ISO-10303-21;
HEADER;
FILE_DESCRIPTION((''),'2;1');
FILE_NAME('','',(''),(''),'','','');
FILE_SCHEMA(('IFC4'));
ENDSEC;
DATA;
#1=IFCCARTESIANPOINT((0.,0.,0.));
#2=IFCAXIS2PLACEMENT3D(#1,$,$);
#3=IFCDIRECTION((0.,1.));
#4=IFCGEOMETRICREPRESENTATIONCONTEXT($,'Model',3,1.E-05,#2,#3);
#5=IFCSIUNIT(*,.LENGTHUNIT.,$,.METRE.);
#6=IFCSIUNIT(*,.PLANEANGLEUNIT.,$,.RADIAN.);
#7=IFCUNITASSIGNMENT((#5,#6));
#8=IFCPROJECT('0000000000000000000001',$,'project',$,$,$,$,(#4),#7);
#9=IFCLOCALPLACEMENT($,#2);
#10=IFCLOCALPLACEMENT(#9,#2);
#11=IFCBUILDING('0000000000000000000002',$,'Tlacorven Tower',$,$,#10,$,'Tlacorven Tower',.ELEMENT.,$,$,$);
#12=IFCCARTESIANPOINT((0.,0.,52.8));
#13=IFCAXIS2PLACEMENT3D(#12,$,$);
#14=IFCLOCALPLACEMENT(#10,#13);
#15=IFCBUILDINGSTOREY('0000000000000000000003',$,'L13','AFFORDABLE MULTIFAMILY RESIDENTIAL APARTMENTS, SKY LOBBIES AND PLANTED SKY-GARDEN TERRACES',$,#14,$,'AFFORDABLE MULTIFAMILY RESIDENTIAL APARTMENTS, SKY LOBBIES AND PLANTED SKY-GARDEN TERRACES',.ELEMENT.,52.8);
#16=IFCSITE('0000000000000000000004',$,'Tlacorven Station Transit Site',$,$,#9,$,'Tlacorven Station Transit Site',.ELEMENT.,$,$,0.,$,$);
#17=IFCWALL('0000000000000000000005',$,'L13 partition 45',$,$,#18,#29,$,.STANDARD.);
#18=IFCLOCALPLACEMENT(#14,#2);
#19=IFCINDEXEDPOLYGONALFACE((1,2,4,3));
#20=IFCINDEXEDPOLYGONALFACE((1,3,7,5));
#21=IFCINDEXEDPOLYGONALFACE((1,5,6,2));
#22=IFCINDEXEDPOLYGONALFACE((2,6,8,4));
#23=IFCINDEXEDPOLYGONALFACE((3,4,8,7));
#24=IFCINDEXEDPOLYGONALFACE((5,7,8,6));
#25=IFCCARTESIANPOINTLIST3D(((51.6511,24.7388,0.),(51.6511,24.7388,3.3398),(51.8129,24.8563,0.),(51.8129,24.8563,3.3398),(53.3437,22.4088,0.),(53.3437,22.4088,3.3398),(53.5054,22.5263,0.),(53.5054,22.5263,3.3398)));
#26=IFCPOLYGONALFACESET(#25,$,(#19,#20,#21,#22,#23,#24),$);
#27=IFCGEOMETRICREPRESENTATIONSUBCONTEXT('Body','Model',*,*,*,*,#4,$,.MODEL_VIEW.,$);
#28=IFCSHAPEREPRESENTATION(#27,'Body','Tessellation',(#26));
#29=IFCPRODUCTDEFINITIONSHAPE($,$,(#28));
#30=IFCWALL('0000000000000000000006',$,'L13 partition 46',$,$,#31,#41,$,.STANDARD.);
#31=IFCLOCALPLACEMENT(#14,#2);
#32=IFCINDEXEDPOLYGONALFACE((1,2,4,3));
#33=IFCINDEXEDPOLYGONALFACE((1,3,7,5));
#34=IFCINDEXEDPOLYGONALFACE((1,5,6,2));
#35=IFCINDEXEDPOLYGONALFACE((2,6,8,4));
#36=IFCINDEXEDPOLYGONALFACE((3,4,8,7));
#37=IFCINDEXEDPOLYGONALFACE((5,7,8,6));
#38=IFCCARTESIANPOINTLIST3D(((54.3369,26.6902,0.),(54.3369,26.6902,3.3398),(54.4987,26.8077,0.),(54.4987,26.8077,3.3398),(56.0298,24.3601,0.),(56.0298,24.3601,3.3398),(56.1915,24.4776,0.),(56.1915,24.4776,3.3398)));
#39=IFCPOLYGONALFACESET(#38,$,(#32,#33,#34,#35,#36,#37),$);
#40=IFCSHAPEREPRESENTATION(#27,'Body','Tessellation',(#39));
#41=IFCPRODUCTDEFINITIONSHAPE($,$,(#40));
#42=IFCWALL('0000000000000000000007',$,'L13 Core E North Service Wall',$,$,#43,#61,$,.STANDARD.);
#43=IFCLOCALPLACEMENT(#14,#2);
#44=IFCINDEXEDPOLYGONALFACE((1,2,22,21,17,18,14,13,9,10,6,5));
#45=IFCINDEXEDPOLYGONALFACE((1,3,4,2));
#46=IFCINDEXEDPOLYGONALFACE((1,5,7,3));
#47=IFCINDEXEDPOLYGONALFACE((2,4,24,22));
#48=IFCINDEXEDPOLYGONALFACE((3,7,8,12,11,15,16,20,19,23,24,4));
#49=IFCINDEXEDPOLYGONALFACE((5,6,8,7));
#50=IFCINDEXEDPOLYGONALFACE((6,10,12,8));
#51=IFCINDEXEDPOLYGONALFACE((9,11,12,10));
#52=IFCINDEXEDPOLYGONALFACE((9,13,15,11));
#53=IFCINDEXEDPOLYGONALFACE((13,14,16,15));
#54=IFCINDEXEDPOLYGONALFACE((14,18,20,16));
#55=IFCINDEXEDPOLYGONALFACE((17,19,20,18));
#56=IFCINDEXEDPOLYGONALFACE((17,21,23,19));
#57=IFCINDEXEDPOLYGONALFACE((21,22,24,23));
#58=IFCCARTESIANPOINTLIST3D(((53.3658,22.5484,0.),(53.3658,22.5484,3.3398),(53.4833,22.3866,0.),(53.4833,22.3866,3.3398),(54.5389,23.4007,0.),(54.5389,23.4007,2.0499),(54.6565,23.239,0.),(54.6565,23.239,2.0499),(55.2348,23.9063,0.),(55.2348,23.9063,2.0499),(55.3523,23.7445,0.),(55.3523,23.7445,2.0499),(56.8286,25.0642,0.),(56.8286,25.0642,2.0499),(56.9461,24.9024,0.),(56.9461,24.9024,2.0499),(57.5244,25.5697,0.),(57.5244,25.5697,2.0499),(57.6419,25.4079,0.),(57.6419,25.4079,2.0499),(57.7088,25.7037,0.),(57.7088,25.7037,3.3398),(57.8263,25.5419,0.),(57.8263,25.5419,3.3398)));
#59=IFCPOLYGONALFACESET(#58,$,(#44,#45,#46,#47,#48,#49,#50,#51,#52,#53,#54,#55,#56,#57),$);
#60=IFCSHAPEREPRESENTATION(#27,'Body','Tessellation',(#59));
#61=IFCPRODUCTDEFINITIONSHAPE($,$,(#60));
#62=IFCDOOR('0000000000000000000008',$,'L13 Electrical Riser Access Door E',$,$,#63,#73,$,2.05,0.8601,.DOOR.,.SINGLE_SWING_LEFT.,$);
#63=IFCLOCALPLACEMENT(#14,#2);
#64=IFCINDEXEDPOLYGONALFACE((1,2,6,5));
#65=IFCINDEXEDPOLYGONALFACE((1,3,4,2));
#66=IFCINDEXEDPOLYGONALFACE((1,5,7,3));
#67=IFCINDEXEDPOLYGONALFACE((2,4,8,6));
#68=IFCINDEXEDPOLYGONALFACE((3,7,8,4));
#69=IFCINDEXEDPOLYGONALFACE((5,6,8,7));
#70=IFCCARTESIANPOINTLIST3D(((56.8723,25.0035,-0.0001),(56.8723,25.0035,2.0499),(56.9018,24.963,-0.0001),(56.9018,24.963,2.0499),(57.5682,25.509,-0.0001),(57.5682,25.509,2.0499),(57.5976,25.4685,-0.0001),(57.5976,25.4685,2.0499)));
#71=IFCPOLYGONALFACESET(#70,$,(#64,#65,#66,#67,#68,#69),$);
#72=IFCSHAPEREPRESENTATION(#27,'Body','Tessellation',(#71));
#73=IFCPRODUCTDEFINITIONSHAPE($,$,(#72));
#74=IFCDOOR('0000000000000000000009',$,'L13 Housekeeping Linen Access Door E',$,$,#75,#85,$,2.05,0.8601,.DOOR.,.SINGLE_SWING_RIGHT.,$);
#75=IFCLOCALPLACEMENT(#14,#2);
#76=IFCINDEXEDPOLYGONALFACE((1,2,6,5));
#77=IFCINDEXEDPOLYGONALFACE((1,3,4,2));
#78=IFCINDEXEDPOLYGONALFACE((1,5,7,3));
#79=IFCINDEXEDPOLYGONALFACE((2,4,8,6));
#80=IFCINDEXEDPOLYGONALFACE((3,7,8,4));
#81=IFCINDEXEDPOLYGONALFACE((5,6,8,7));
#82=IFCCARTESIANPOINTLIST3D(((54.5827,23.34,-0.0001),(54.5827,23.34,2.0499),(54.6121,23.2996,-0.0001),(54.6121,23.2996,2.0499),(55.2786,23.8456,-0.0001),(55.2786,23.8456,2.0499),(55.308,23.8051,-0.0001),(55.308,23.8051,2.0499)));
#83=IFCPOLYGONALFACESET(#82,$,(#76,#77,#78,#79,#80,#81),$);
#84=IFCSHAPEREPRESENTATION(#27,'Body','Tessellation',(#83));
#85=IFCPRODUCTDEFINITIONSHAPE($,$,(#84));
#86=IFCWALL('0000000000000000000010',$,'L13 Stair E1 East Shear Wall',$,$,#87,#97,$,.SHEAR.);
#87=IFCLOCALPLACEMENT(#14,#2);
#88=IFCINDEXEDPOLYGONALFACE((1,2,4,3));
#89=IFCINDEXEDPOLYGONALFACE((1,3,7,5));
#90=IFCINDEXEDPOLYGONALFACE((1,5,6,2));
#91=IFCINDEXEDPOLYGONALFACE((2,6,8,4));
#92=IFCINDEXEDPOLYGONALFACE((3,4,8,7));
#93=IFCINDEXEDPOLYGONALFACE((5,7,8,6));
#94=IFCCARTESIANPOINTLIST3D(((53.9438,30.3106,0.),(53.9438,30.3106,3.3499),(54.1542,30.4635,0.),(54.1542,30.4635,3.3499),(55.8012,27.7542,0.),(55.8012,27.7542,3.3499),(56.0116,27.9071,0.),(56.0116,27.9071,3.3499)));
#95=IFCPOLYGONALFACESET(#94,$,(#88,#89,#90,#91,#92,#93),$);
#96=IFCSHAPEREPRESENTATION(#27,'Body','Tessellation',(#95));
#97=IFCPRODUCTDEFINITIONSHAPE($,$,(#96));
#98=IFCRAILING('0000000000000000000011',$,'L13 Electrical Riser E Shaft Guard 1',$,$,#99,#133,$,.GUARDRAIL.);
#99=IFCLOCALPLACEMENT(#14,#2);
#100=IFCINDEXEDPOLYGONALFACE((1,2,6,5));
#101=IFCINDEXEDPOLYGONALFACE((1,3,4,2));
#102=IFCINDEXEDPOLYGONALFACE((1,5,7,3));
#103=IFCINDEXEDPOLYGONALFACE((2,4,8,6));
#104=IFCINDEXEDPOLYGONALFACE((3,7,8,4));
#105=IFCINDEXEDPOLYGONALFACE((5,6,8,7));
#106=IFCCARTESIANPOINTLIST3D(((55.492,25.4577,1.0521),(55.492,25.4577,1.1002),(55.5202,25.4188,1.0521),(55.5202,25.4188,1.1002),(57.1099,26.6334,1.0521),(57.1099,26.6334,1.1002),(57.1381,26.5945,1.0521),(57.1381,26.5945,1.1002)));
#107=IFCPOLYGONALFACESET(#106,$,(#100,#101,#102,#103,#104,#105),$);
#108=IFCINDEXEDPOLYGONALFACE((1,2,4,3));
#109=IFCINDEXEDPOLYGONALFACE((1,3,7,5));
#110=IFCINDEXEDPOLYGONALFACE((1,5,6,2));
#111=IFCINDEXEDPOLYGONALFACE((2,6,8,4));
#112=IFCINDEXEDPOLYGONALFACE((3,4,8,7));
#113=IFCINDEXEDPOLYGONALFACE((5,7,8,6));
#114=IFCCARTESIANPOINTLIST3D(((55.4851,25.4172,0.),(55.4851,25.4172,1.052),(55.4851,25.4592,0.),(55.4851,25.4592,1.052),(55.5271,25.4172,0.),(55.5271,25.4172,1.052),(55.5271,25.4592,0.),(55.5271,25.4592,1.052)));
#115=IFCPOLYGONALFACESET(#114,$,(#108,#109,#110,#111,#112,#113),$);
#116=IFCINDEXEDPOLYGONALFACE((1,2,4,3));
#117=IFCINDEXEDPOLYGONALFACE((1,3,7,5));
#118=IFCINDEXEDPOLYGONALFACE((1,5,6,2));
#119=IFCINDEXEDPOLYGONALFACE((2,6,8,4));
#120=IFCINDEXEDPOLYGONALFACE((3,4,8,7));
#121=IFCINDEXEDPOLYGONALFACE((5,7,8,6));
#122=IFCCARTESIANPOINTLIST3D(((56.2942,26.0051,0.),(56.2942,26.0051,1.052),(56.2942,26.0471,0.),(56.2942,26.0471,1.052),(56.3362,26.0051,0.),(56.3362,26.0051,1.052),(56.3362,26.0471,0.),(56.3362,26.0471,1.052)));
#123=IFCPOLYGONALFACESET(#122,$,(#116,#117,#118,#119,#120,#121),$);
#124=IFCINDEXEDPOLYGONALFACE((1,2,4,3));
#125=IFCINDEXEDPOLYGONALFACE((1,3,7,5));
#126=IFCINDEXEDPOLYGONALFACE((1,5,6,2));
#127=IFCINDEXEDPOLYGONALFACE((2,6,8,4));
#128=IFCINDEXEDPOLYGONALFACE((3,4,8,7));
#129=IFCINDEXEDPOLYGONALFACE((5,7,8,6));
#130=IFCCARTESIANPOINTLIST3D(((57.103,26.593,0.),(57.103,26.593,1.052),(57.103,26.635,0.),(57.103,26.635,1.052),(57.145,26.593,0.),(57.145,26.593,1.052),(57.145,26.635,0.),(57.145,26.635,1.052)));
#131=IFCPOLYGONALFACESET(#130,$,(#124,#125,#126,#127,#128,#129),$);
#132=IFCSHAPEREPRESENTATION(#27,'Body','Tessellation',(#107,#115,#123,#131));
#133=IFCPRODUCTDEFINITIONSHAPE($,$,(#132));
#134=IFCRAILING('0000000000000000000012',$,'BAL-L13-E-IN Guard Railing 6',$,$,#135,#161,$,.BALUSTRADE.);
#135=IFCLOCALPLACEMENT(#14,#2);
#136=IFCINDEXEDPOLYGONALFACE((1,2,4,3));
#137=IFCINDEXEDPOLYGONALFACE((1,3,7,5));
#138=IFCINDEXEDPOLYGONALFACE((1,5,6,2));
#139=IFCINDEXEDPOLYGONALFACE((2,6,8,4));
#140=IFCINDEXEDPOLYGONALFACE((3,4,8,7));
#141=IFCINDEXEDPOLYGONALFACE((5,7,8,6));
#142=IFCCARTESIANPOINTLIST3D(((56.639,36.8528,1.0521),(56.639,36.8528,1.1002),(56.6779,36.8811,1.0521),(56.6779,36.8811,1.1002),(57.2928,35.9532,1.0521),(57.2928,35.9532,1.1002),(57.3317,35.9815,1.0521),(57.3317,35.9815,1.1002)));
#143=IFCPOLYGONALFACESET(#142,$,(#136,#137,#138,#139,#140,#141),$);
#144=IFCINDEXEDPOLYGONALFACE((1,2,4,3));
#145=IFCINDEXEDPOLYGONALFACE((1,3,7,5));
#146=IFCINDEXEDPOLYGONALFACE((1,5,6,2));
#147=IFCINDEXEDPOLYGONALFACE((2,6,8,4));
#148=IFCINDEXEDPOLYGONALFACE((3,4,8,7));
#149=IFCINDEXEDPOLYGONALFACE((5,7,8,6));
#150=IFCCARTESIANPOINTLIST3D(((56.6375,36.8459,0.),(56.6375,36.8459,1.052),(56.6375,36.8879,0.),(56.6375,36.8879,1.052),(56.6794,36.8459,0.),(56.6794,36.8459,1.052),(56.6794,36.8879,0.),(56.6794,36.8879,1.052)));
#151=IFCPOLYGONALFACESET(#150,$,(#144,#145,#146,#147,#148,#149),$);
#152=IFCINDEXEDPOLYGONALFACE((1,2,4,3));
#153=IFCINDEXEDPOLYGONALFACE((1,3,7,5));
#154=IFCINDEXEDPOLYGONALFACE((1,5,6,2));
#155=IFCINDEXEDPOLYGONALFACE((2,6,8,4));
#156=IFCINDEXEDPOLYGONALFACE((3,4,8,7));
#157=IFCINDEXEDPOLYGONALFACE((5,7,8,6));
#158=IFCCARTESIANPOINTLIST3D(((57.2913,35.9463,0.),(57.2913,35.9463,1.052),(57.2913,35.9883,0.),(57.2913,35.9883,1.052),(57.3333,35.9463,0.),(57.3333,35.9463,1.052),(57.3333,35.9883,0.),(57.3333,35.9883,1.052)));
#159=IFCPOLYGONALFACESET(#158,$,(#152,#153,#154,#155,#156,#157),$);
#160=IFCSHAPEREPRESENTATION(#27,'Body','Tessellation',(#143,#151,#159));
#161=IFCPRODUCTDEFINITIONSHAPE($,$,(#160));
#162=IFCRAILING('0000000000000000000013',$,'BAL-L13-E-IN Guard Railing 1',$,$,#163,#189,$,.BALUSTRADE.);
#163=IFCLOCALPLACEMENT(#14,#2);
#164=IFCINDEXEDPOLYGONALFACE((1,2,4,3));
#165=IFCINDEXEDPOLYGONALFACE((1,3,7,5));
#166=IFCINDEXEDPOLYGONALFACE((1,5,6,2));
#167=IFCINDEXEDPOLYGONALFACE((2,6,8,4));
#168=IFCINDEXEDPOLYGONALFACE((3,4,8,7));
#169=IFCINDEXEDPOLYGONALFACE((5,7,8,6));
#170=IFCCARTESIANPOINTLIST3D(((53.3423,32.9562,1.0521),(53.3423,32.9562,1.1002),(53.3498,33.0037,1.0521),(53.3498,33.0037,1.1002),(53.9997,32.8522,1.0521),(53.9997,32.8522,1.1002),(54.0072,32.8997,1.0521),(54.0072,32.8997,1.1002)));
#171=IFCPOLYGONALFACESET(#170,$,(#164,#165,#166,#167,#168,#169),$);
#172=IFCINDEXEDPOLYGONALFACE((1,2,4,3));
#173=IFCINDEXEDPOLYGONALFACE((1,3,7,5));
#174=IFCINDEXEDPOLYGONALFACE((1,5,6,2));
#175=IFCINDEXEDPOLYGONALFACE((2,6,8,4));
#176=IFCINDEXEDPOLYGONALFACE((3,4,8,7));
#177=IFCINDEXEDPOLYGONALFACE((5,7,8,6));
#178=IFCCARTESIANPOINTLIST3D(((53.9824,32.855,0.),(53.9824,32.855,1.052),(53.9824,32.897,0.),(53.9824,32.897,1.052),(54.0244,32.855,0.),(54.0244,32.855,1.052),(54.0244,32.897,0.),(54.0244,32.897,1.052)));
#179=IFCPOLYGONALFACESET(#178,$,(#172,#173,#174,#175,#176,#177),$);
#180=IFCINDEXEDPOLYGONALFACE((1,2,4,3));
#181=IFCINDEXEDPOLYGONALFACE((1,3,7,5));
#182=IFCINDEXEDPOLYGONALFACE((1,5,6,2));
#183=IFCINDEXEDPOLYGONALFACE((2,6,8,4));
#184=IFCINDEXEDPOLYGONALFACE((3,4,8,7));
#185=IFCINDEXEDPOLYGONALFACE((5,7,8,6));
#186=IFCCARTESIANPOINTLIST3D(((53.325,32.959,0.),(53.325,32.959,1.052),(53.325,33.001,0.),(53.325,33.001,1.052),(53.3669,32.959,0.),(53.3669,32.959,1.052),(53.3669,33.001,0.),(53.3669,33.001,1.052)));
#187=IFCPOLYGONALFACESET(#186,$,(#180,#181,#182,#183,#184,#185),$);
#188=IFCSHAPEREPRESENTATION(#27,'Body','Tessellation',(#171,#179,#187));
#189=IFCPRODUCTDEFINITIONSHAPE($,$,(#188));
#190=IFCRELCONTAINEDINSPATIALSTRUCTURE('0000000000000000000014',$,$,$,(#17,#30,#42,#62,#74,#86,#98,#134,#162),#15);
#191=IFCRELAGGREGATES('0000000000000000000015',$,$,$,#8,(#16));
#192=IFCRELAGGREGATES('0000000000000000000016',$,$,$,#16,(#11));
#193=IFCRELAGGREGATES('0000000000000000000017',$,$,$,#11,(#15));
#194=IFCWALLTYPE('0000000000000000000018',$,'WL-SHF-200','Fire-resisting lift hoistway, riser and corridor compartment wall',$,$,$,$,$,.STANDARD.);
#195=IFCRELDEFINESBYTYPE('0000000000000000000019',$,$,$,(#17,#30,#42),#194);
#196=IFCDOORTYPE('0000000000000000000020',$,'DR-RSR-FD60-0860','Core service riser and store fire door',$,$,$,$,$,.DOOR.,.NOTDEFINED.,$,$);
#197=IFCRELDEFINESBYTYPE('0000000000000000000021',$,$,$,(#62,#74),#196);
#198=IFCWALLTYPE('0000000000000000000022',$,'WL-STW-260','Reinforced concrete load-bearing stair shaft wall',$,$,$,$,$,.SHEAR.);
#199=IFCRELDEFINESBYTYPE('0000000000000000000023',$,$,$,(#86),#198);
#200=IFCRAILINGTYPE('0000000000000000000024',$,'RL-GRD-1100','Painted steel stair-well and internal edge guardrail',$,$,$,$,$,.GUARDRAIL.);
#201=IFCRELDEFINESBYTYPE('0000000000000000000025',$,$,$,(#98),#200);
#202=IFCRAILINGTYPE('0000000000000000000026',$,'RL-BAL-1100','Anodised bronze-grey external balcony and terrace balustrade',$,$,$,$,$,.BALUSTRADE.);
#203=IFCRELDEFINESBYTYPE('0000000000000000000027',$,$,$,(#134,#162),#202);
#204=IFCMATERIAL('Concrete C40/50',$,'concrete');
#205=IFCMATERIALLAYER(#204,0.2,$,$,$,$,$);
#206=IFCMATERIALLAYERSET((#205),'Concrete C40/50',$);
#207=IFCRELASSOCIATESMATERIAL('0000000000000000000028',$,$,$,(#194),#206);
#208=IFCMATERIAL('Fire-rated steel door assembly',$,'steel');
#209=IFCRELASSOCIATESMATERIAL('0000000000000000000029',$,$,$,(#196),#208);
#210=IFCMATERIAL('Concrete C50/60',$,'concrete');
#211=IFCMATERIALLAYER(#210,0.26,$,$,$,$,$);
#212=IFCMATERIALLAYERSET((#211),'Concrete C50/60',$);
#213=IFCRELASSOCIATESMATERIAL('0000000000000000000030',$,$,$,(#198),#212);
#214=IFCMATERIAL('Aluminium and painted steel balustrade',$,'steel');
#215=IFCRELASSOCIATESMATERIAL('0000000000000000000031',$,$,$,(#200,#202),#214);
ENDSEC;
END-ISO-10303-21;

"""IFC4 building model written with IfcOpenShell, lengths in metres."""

from ifc_helpers import new_model, si_unit, direction, frame, frame_2d, origin, origin_2d, place, context, subcontext, project, spatial, rectangle, extrude, source, transform, mapped, material, layer, layer_set, type_object, element, fill, save


model = new_model("IFC4")

# Units and contexts
model_context = context("Model", 3, precision=1e-05, world=origin(), true_north=direction((0.0, 1.0)))
body_context = subcontext(model_context, "Body", "Model", "MODEL_VIEW")
ifc_project = project(units=[si_unit("LENGTHUNIT", "METRE"), si_unit("PLANEANGLEUNIT", "RADIAN")], contexts=[model_context])

# Site, building, storey
site_placement = place(None, origin())
site = spatial("IfcSite", under=ifc_project, at=site_placement, Name="Tlacorven Station Transit Site", LongName="Tlacorven Station Transit Site", CompositionType="ELEMENT", RefElevation=0.0)
building_placement = place(site_placement, origin())
building = spatial("IfcBuilding", under=site, at=building_placement, Name="Tlacorven Tower", LongName="Tlacorven Tower", CompositionType="ELEMENT")
storey_placement = place(building_placement, frame((0.0, 0.0, 52.8)))
storey = spatial("IfcBuildingStorey", under=building, at=storey_placement, Name="L13", Description="AFFORDABLE MULTIFAMILY RESIDENTIAL APARTMENTS, SKY LOBBIES AND PLANTED SKY-GARDEN TERRACES", LongName="AFFORDABLE MULTIFAMILY RESIDENTIAL APARTMENTS, SKY LOBBIES AND PLANTED SKY-GARDEN TERRACES", CompositionType="ELEMENT", Elevation=52.8)

# Shared definitions
ifc_material_1 = material(Name="Fire-rated steel door assembly", Category="steel")
ifc_material_2 = material(Name="Concrete C40/50", Category="concrete")
ifc_layer_1 = layer(ifc_material_2, 0.2)
ifc_layer_set_1 = layer_set([ifc_layer_1], Name="Concrete C40/50")
wall_type_1 = type_object("IfcWallType", Name="WL-SHF-200", Description="Fire-resisting lift hoistway, riser and corridor compartment wall", PredefinedType="STANDARD", material=ifc_layer_set_1)
door_type_1 = type_object("IfcDoorType", Name="DR-RSR-FD60-0860", Description="Core service riser and store fire door", OperationType="NOTDEFINED", PredefinedType="DOOR", material=ifc_material_1)
shared_shape_1 = source(origin(), body_context, "Body", "SweptSolid", [
    extrude(rectangle(XDim=0.8601, YDim=2.05, at=frame_2d((0.4302, 1.0249))), frame((0.0, 0.0249, 0.0), z_axis=(0.0, -1.0, 0.0), x_axis=(1.0, 0.0, 0.0)), (0.0, 0.0, 1.0), 0.05),
])

# Walls
wall_1_placement = place(storey_placement, frame((53.4246, 22.4675, 0.0), z_axis=(0.0, 0.0, 1.0), x_axis=(-0.587723, 0.809062, 0.0)))
element("IfcWall", 1, at=wall_1_placement, inside=storey, type_object=wall_type_1, Name="L13 partition 45", PredefinedType="STANDARD", context=body_context, shape_type="SweptSolid", body=[
    extrude(rectangle(XDim=2.8799, YDim=0.2, at=frame_2d((1.4399, 0.0))), origin(), (0.0, 0.0, 1.0), 3.3398),
])
wall_2_placement = place(storey_placement, frame((56.1106, 24.4189, 0.0), z_axis=(0.0, 0.0, 1.0), x_axis=(-0.587778, 0.809022, 0.0)))
element("IfcWall", 2, at=wall_2_placement, inside=storey, type_object=wall_type_1, Name="L13 partition 46", PredefinedType="STANDARD", context=body_context, shape_type="SweptSolid", body=[
    extrude(rectangle(XDim=2.8801, YDim=0.2, at=frame_2d((1.4399, 0.0))), origin(), (0.0, 0.0, 1.0), 3.3398),
])

# Wall, openings, doors
wall_3_placement = place(storey_placement, frame((53.4246, 22.4675, 0.0), z_axis=(0.0, 0.0, 1.0), x_axis=(0.809027, 0.587771, 0.0)))
wall_3 = element("IfcWall", 3, at=wall_3_placement, inside=storey, type_object=wall_type_1, Name="L13 Core E North Service Wall", PredefinedType="STANDARD", context=body_context, shape_type="SweptSolid", body=[
    extrude(rectangle(XDim=5.3682, YDim=0.2, at=frame_2d((2.6841, 0.0))), origin(), (0.0, 0.0, 1.0), 3.3398),
])
opening_1_placement = place(wall_3_placement, frame((4.28, 0.0, 0.0)))
opening_1 = element("IfcOpeningElement", 4, at=opening_1_placement, cuts=wall_3, PredefinedType="OPENING", context=body_context, shape_type="SweptSolid", body=[
    extrude(rectangle(XDim=0.8601, YDim=2.05, at=frame_2d((0.4302, 1.0249))), frame((0.0, 0.1099, 0.0), z_axis=(0.0, -1.0, 0.0), x_axis=(1.0, 0.0, 0.0)), (0.0, 0.0, 1.0), 0.22),
])
opening_2_placement = place(wall_3_placement, frame((1.45, 0.0, 0.0)))
opening_2 = element("IfcOpeningElement", 5, at=opening_2_placement, cuts=wall_3, PredefinedType="OPENING", context=body_context, shape_type="SweptSolid", body=[
    extrude(rectangle(XDim=0.8601, YDim=2.05, at=frame_2d((0.4302, 1.0249))), frame((0.0, 0.1099, 0.0), z_axis=(0.0, -1.0, 0.0), x_axis=(1.0, 0.0, 0.0)), (0.0, 0.0, 1.0), 0.22),
])
door_1_placement = place(opening_1_placement, frame((0.8601, 0.0, 0.0), z_axis=(0.0, 0.0, 1.0), x_axis=(-1.0, 0.0, 0.0)))
door_1 = element("IfcDoor", 6, at=door_1_placement, inside=storey, type_object=door_type_1, Name="L13 Electrical Riser Access Door E", OperationType="SINGLE_SWING_LEFT", OverallHeight=2.05, OverallWidth=0.8601, PredefinedType="DOOR", context=body_context, shape_type="MappedRepresentation", body=[
    mapped(shared_shape_1, transform((0.0, 0.0, 0.0), scale=1.0)),
])
fill(opening_1, door_1)
door_2_placement = place(opening_2_placement, frame((0.8601, 0.0, 0.0), z_axis=(0.0, 0.0, 1.0), x_axis=(-1.0, 0.0, 0.0)))
door_2 = element("IfcDoor", 7, at=door_2_placement, inside=storey, type_object=door_type_1, Name="L13 Housekeeping Linen Access Door E", OperationType="SINGLE_SWING_RIGHT", OverallHeight=2.05, OverallWidth=0.8601, PredefinedType="DOOR", context=body_context, shape_type="MappedRepresentation", body=[
    mapped(shared_shape_1, transform((0.0, 0.0, 0.0), scale=1.0)),
])
fill(opening_2, door_2)

# Wall
ifc_material_3 = material(Name="Concrete C50/60", Category="concrete")
ifc_layer_2 = layer(ifc_material_3, 0.26)
ifc_layer_set_2 = layer_set([ifc_layer_2], Name="Concrete C50/60")
wall_type_2 = type_object("IfcWallType", Name="WL-STW-260", Description="Reinforced concrete load-bearing stair shaft wall", PredefinedType="SHEAR", material=ifc_layer_set_2)
wall_4_placement = place(storey_placement, frame((55.9065, 27.8306, 0.0), z_axis=(0.0, 0.0, 1.0), x_axis=(-0.587804, 0.809003, 0.0)))
element("IfcWall", 8, at=wall_4_placement, inside=storey, type_object=wall_type_2, Name="L13 Stair E1 East Shear Wall", PredefinedType="SHEAR", context=body_context, shape_type="SweptSolid", body=[
    extrude(rectangle(XDim=3.1599, YDim=0.26, at=frame_2d((1.5801, 0.0))), origin(), (0.0, 0.0, 1.0), 3.3499),
])

# Railings
ifc_material_4 = material(Name="Aluminium and painted steel balustrade", Category="steel")
railing_type_1 = type_object("IfcRailingType", Name="RL-GRD-1100", Description="Painted steel stair-well and internal edge guardrail", PredefinedType="GUARDRAIL", material=ifc_material_4)
shared_shape_2 = source(origin(), body_context, "Body", "SweptSolid", [
    extrude(rectangle(XDim=0.0481, YDim=0.0481, at=origin_2d()), frame((0.0, 0.0, 1.0762), z_axis=(0.808947, 0.587881, 0.0), x_axis=(-0.587881, 0.808947, 0.0)), (0.0, 0.0, 1.0), 2.0),
    extrude(rectangle(XDim=0.042, YDim=0.042, at=origin_2d()), origin(), (0.0, 0.0, 1.0), 1.052),
    extrude(rectangle(XDim=0.042, YDim=0.042, at=origin_2d()), frame((0.8091, 0.5879, 0.0)), (0.0, 0.0, 1.0), 1.052),
    extrude(rectangle(XDim=0.042, YDim=0.042, at=origin_2d()), frame((1.6179, 1.1758, 0.0)), (0.0, 0.0, 1.0), 1.052),
])
railing_1_placement = place(storey_placement, frame((55.5061, 25.4382, 0.0)))
element("IfcRailing", 9, at=railing_1_placement, inside=storey, type_object=railing_type_1, Name="L13 Electrical Riser E Shaft Guard 1", PredefinedType="GUARDRAIL", context=body_context, shape_type="MappedRepresentation", body=[
    mapped(shared_shape_2, transform((0.0, 0.0, 0.0), scale=1.0)),
])
railing_type_2 = type_object("IfcRailingType", Name="RL-BAL-1100", Description="Anodised bronze-grey external balcony and terrace balustrade", PredefinedType="BALUSTRADE", material=ifc_material_4)
shared_shape_3 = source(origin(), body_context, "Body", "SweptSolid", [
    extrude(rectangle(XDim=0.0481, YDim=0.0481, at=origin_2d()), frame((0.0, 0.0, 1.0762), z_axis=(0.587884, -0.808945, 0.0), x_axis=(0.808945, 0.587884, 0.0)), (0.0, 0.0, 1.0), 1.1121),
    extrude(rectangle(XDim=0.042, YDim=0.042, at=origin_2d()), origin(), (0.0, 0.0, 1.0), 1.052),
    extrude(rectangle(XDim=0.042, YDim=0.042, at=origin_2d()), frame((0.6538, -0.8997, 0.0)), (0.0, 0.0, 1.0), 1.052),
])
railing_2_placement = place(storey_placement, frame((56.6584, 36.8669, 0.0)))
element("IfcRailing", 10, at=railing_2_placement, inside=storey, type_object=railing_type_2, Name="BAL-L13-E-IN Guard Railing 6", PredefinedType="BALUSTRADE", context=body_context, shape_type="MappedRepresentation", body=[
    mapped(shared_shape_3, transform((0.0, 0.0, 0.0), scale=1.0)),
])
shared_shape_4 = source(origin(), body_context, "Body", "SweptSolid", [
    extrude(rectangle(XDim=0.0481, YDim=0.0481, at=origin_2d()), frame((0.0, 0.0, 1.0762), z_axis=(-0.987718, 0.156245, 0.0), x_axis=(-0.156245, -0.987718, 0.0)), (0.0, 0.0, 1.0), 0.6655),
    extrude(rectangle(XDim=0.042, YDim=0.042, at=origin_2d()), origin(), (0.0, 0.0, 1.0), 1.052),
    extrude(rectangle(XDim=0.042, YDim=0.042, at=origin_2d()), frame((-0.6575, 0.104, 0.0)), (0.0, 0.0, 1.0), 1.052),
])
railing_3_placement = place(storey_placement, frame((54.0034, 32.876, 0.0)))
element("IfcRailing", 11, at=railing_3_placement, inside=storey, type_object=railing_type_2, Name="BAL-L13-E-IN Guard Railing 1", PredefinedType="BALUSTRADE", context=body_context, shape_type="MappedRepresentation", body=[
    mapped(shared_shape_4, transform((0.0, 0.0, 0.0), scale=1.0)),
])

save(model, "model.ifc")
